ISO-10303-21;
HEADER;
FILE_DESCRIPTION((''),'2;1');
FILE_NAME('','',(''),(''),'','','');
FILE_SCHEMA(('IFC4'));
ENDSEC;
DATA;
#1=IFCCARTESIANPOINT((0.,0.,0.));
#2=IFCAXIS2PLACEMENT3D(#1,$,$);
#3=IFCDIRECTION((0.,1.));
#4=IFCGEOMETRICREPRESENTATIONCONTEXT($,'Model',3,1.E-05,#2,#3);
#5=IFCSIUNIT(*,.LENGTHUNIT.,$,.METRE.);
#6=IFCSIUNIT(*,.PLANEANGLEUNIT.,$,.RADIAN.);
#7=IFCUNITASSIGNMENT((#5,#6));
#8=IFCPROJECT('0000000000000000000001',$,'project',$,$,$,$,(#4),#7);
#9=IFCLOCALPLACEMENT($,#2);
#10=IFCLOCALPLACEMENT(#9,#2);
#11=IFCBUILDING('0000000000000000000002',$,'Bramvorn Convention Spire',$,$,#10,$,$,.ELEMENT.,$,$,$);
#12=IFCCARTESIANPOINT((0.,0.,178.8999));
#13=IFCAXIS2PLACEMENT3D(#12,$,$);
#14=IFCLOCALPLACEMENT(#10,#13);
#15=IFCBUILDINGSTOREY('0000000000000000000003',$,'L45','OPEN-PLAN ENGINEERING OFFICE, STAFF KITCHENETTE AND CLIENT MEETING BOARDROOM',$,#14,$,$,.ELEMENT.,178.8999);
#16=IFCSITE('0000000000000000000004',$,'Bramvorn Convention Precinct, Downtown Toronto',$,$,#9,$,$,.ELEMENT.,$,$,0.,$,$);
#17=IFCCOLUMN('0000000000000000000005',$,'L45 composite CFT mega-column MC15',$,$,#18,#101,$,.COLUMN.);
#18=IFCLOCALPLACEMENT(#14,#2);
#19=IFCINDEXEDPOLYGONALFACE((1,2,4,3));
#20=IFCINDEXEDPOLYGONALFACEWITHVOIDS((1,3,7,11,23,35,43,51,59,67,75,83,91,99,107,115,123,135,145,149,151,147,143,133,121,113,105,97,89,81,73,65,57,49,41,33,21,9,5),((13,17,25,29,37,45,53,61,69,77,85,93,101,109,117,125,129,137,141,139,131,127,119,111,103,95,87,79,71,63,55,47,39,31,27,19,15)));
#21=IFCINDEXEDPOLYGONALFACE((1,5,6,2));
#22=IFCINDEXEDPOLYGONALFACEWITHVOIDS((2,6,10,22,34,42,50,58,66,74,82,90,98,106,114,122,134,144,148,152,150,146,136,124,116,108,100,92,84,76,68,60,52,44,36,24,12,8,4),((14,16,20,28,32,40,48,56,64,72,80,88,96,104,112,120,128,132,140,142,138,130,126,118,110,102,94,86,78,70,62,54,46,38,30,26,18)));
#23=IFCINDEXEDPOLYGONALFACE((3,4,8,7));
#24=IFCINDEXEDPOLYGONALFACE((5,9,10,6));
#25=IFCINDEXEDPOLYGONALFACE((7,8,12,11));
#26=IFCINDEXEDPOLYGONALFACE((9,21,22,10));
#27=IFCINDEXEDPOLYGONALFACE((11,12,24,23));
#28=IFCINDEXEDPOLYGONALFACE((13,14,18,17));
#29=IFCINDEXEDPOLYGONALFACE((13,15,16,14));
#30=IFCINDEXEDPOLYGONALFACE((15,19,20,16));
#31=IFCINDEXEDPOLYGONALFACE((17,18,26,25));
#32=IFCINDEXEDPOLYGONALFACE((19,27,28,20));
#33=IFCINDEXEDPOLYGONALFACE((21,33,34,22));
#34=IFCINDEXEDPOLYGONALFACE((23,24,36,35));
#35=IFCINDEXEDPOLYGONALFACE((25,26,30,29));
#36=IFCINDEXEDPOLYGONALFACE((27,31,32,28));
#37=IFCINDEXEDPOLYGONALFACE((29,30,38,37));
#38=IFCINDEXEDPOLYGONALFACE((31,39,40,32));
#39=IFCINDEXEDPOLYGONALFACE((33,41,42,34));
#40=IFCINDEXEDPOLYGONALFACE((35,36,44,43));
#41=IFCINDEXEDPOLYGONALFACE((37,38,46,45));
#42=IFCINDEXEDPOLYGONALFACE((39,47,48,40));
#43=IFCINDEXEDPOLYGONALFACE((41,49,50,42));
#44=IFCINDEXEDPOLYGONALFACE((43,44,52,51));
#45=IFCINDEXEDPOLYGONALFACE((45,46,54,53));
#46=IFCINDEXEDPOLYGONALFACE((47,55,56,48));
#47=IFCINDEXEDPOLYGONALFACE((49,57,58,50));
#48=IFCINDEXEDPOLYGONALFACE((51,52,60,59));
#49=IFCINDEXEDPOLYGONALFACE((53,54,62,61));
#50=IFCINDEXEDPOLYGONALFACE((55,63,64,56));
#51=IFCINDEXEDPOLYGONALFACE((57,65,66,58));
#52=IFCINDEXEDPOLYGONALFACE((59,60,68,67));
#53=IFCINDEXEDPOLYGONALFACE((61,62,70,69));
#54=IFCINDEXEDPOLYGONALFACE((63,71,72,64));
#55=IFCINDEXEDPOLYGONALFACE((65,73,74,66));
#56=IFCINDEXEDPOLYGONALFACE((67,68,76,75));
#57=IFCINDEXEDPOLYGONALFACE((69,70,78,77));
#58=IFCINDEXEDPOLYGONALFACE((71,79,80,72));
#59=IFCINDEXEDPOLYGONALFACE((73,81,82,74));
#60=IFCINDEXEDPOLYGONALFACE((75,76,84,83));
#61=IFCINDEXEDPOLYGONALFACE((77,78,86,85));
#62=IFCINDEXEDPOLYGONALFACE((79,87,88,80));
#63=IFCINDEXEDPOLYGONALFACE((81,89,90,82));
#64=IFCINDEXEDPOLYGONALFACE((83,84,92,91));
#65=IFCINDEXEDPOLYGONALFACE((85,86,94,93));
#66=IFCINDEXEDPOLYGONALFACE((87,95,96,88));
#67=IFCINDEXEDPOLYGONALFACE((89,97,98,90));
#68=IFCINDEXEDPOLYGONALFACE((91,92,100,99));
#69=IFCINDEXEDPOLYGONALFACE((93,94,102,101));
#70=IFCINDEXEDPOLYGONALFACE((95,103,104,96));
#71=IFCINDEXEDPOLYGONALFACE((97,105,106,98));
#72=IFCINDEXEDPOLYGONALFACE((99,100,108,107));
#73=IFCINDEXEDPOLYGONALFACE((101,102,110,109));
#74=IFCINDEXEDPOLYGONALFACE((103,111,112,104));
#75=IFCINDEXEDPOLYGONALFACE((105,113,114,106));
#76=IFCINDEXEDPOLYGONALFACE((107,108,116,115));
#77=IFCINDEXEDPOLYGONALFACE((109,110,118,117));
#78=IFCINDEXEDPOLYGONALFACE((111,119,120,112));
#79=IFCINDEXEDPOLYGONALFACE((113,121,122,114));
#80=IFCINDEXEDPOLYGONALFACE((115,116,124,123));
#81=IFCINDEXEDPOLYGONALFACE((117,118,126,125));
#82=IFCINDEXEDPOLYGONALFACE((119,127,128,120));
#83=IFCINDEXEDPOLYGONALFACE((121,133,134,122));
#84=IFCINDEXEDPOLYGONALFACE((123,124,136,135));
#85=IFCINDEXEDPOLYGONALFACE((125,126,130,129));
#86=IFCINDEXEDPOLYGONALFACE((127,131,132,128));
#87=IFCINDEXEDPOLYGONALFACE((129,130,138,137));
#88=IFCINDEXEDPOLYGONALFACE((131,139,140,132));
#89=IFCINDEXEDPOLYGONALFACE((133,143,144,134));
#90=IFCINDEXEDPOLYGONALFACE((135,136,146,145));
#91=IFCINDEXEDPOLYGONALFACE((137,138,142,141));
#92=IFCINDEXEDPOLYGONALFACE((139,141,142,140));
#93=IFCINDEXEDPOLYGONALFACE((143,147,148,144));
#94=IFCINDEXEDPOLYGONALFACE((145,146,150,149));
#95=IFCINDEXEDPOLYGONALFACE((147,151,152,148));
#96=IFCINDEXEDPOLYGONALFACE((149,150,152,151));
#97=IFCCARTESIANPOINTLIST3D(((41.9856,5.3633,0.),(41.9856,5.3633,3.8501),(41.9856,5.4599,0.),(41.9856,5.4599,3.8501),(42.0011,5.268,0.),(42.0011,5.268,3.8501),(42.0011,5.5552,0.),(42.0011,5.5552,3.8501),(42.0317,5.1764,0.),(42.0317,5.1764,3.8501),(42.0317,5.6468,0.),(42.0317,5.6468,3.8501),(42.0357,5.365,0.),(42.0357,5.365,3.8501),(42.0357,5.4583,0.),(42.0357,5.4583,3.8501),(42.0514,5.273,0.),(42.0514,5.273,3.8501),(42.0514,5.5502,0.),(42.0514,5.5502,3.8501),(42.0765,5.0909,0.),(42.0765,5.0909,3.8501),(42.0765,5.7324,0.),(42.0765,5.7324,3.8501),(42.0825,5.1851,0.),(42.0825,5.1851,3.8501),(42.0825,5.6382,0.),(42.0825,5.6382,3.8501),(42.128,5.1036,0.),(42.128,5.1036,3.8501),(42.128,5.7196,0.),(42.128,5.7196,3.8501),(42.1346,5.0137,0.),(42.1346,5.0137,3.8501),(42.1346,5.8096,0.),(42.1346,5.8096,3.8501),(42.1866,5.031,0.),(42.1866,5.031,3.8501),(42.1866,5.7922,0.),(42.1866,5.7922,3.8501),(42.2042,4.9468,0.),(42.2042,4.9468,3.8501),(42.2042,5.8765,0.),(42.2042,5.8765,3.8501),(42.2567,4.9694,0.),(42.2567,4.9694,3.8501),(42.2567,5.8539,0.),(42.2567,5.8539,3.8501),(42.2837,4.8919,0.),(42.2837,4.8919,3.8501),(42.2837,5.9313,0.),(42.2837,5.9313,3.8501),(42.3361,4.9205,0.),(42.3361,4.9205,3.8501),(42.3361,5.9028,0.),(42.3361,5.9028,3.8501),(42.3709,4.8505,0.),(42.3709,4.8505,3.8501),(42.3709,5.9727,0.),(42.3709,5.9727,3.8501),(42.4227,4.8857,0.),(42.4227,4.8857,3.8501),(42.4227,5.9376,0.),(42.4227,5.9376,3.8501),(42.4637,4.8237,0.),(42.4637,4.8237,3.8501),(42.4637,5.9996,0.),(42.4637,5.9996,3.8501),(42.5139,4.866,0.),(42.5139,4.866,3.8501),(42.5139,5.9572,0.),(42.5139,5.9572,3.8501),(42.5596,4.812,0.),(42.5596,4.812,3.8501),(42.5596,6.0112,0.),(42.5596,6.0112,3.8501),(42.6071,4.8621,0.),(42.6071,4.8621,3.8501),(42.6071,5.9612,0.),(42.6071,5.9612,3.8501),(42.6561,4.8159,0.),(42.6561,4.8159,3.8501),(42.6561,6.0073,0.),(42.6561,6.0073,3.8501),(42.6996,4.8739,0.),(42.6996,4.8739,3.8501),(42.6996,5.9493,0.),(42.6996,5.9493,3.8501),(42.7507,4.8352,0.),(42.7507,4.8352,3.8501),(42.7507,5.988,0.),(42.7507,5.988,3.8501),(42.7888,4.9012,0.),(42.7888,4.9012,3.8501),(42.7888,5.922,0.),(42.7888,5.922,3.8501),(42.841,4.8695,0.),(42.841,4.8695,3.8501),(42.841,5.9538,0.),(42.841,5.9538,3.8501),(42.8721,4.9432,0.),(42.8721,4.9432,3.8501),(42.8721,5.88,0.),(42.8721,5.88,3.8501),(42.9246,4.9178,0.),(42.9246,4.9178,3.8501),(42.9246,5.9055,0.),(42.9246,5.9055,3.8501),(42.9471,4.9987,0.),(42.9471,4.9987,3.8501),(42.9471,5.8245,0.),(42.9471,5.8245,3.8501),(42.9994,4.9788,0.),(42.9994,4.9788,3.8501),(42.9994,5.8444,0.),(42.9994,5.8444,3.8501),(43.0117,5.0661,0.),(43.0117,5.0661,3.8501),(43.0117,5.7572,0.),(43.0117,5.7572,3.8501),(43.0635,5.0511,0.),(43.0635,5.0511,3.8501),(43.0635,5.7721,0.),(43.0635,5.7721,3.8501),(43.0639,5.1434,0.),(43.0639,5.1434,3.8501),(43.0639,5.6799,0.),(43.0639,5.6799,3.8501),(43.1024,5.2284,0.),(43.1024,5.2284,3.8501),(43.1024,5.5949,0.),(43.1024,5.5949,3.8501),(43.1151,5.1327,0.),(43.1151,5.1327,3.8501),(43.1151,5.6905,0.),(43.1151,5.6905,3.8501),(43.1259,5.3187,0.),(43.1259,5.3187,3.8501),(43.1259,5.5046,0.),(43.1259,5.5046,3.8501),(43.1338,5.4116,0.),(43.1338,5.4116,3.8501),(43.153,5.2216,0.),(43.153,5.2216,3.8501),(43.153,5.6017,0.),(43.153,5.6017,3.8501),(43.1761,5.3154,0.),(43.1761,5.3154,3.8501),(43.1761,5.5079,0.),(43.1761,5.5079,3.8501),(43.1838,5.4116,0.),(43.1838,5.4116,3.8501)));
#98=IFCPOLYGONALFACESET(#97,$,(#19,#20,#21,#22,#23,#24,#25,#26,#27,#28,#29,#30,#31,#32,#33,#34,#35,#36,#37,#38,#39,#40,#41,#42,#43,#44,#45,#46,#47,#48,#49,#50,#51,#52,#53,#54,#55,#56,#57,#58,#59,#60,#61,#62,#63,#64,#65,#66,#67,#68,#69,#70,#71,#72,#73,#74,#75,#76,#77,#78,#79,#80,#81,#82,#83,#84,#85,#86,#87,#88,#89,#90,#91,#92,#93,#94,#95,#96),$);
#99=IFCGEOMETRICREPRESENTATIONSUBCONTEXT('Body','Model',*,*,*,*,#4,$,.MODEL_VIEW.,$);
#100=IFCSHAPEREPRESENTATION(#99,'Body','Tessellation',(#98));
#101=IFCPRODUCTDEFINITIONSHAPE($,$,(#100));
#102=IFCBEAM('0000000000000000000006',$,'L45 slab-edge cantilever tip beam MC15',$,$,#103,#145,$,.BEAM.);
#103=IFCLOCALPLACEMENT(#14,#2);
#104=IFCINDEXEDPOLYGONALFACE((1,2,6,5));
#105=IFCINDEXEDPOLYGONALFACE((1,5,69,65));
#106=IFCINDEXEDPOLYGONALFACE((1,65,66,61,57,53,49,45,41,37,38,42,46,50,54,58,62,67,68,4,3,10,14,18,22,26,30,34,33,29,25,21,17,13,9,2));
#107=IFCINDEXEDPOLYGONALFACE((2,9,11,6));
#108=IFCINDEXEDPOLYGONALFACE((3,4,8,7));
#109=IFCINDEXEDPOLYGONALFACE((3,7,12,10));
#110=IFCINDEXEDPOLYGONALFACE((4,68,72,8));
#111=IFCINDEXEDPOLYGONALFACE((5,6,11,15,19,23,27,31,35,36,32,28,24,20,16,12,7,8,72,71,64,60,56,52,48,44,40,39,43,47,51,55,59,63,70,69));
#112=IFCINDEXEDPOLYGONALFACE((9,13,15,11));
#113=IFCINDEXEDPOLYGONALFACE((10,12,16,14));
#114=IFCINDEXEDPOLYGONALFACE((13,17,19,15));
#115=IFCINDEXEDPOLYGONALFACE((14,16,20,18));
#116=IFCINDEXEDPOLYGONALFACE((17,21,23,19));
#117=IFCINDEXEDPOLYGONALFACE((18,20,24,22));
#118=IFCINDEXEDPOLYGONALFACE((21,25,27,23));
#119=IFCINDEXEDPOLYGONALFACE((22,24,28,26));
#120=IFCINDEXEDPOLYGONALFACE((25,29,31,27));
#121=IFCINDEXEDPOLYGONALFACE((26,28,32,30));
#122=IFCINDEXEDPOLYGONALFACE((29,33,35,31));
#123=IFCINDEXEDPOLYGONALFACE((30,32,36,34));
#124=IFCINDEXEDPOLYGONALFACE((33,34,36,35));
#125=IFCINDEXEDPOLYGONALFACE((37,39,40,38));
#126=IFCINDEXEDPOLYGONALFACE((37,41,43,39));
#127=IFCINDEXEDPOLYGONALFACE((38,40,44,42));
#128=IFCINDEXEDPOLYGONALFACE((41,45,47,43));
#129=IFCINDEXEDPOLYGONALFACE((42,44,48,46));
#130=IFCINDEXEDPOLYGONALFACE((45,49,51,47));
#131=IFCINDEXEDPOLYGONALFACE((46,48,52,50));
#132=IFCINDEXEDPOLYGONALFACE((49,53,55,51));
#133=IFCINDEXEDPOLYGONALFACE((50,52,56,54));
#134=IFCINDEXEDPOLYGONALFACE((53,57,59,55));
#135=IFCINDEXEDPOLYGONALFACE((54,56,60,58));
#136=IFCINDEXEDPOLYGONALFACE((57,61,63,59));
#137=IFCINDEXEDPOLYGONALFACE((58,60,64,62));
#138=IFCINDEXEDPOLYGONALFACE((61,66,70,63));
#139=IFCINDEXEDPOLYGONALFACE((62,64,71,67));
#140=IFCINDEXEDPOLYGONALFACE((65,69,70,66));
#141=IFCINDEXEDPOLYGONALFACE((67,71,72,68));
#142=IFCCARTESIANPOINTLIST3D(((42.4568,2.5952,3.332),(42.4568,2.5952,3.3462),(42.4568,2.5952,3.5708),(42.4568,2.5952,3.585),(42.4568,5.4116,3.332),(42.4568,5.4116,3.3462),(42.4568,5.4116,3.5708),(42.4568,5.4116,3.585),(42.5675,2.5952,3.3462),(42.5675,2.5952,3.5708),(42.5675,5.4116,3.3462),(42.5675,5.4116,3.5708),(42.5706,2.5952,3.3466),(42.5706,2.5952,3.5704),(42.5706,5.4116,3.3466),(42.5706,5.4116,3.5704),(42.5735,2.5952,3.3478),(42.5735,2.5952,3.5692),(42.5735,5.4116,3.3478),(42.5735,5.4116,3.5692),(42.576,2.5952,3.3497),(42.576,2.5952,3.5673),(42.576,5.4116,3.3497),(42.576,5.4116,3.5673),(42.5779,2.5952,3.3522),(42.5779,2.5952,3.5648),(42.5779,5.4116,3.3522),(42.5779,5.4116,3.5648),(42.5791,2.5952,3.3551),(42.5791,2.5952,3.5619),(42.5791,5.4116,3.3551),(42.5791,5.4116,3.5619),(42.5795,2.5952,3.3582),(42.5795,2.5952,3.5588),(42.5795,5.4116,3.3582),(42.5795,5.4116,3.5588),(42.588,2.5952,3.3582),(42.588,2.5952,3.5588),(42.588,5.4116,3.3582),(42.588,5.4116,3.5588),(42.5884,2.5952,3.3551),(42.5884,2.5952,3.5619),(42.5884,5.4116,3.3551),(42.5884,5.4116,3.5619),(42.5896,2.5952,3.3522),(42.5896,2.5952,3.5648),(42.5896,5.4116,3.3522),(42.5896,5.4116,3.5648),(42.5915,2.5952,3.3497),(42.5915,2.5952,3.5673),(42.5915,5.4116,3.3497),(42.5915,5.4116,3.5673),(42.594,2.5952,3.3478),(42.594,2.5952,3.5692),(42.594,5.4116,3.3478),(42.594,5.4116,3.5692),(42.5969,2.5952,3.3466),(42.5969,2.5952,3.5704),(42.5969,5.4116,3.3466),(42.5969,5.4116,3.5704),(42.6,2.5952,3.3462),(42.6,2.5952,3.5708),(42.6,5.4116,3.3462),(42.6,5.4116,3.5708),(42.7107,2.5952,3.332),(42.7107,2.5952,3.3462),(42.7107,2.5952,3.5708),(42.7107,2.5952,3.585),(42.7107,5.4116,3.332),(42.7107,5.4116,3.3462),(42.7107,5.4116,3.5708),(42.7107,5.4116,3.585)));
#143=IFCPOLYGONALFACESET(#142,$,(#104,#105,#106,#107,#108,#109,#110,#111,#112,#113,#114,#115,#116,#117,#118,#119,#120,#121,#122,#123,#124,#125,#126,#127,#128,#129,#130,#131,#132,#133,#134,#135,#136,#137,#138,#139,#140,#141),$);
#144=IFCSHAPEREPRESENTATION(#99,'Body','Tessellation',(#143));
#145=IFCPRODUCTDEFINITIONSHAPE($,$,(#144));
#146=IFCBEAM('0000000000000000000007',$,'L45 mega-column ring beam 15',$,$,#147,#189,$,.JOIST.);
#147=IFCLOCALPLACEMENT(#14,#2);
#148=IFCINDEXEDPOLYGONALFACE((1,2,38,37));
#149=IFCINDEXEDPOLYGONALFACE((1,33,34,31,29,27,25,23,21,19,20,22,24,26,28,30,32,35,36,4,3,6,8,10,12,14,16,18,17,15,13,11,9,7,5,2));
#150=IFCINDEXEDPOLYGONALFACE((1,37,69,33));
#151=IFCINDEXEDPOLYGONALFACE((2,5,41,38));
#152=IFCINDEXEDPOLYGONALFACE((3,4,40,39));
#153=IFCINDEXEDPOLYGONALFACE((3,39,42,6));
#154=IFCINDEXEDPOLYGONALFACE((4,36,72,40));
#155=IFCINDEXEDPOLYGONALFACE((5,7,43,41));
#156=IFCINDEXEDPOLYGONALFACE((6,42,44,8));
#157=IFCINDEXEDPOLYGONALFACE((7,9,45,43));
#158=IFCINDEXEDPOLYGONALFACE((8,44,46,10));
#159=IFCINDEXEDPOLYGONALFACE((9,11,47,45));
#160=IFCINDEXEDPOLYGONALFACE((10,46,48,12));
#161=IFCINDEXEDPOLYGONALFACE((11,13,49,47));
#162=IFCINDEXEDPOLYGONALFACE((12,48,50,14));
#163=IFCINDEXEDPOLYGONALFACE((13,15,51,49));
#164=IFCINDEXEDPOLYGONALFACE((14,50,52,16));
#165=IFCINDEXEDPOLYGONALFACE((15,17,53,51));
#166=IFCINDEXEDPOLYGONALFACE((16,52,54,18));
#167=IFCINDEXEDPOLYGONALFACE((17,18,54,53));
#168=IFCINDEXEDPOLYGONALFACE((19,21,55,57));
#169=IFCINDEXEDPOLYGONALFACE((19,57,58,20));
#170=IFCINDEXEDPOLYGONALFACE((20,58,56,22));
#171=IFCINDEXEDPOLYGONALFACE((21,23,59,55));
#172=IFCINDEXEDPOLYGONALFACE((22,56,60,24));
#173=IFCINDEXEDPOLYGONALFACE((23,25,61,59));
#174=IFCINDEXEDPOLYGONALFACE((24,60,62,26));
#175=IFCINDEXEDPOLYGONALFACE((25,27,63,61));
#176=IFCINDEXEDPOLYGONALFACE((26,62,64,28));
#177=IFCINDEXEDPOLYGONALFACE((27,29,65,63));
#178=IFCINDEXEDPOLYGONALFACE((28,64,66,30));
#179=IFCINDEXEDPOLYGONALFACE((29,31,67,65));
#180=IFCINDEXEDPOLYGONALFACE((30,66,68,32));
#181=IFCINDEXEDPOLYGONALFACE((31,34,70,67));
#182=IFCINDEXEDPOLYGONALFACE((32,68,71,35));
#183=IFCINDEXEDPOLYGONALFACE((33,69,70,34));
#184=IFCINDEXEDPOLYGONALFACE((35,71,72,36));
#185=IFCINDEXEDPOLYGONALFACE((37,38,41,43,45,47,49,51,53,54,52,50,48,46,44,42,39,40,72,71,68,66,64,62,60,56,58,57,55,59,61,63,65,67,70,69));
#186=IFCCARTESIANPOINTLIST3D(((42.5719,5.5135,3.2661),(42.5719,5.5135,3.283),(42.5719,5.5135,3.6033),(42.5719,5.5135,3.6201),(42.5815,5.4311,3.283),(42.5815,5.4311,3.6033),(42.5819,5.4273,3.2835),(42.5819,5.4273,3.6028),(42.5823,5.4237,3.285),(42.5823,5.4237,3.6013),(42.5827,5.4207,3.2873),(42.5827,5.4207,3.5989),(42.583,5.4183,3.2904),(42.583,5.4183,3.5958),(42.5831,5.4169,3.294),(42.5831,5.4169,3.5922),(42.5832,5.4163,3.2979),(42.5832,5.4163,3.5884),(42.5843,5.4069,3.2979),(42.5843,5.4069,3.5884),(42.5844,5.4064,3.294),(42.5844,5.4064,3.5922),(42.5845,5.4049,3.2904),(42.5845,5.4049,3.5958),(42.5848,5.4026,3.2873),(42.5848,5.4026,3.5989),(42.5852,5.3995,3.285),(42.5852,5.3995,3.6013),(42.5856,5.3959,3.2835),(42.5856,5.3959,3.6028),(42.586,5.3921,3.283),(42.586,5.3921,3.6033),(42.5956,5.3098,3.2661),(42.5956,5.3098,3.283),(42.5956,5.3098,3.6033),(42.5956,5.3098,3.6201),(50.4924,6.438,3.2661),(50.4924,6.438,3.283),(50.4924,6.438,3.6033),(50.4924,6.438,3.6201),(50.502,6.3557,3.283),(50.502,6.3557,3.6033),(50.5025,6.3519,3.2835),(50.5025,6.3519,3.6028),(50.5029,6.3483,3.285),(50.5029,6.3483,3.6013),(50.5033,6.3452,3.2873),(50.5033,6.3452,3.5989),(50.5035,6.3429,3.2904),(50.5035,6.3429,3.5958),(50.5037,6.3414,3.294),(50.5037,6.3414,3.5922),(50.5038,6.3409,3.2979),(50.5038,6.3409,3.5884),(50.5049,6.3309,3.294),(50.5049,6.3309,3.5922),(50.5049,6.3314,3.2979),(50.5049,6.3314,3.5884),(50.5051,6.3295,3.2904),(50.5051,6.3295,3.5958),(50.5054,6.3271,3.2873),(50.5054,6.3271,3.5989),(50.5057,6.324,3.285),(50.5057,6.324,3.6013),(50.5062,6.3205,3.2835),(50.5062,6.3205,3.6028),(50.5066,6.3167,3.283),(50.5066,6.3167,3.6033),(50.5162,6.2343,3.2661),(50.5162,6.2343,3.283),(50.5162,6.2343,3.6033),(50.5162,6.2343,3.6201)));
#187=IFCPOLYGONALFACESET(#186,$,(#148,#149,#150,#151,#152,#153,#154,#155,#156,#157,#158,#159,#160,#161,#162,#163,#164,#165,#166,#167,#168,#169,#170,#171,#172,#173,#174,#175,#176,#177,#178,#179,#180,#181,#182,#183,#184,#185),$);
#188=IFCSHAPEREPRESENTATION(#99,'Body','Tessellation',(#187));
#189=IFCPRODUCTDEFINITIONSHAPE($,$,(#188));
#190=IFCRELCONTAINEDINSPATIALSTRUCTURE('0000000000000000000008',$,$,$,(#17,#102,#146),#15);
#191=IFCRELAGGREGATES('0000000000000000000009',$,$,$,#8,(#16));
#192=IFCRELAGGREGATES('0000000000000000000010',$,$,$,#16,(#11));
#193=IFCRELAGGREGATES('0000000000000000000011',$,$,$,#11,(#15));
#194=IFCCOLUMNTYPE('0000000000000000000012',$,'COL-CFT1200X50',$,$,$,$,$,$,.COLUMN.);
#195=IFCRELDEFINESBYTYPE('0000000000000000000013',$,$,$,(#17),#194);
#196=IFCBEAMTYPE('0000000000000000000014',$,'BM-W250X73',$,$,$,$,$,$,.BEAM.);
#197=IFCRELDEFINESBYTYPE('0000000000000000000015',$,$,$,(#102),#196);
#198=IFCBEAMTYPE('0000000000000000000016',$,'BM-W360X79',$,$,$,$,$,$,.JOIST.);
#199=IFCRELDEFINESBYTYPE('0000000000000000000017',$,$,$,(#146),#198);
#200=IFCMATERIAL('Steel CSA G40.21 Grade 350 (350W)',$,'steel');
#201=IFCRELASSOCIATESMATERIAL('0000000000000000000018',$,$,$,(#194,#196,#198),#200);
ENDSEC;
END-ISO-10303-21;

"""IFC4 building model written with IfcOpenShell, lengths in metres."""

from ifc_helpers import new_model, si_unit, direction, frame, origin, origin_2d, place, context, subcontext, project, spatial, hollow_circle, i_section, extrude, material, material_profile, profile_set, type_object, element, save


model = new_model("IFC4")

# Units and contexts
model_context = context("Model", 3, precision=1e-05, world=origin(), true_north=direction((0.0, 1.0)))
body_context = subcontext(model_context, "Body", "Model", "MODEL_VIEW")
ifc_project = project(units=[si_unit("LENGTHUNIT", "METRE"), si_unit("PLANEANGLEUNIT", "RADIAN")], contexts=[model_context])

# Site, building, storey
site_placement = place(None, origin())
site = spatial("IfcSite", under=ifc_project, at=site_placement, Name="Bramvorn Convention Precinct, Downtown Toronto", CompositionType="ELEMENT", RefElevation=0.0)
building_placement = place(site_placement, origin())
building = spatial("IfcBuilding", under=site, at=building_placement, Name="Bramvorn Convention Spire", CompositionType="ELEMENT")
storey_placement = place(building_placement, frame((0.0, 0.0, 178.8999)))
storey = spatial("IfcBuildingStorey", under=building, at=storey_placement, Name="L45", Description="OPEN-PLAN ENGINEERING OFFICE, STAFF KITCHENETTE AND CLIENT MEETING BOARDROOM", CompositionType="ELEMENT", Elevation=178.8999)

# Column
ifc_material_1 = material(Name="Steel CSA G40.21 Grade 350 (350W)", Category="steel")
ifc_material_profile_1 = material_profile(ifc_material_1, hollow_circle(Radius=0.6001, WallThickness=0.05, at=origin_2d()))
ifc_profile_set_1 = profile_set([ifc_material_profile_1], Name="Steel CSA G40.21 Grade 350 (350W) - CFT1200X50")
column_type = type_object("IfcColumnType", Name="COL-CFT1200X50", PredefinedType="COLUMN", material=ifc_profile_set_1)
column_placement = place(storey_placement, frame((42.5837, 5.4116, 0.0), z_axis=(0.0, 0.0, 1.0), x_axis=(1.0, 0.0, 0.0)))
element("IfcColumn", 1, at=column_placement, inside=storey, type_object=column_type, Name="L45 composite CFT mega-column MC15", PredefinedType="COLUMN", context=body_context, shape_type="SweptSolid", body=[
    extrude(hollow_circle(Radius=0.6001, WallThickness=0.05, at=origin_2d()), origin(), (0.0, 0.0, 1.0), 3.8501),
])

# Beams
ifc_material_profile_2 = material_profile(ifc_material_1, i_section(OverallWidth=0.2539, OverallDepth=0.2529, WebThickness=0.0085, FlangeThickness=0.0142, FilletRadius=0.012, at=origin_2d()))
ifc_profile_set_2 = profile_set([ifc_material_profile_2], Name="Steel CSA G40.21 Grade 350 (350W) - W250X73")
beam_type_1 = type_object("IfcBeamType", Name="BM-W250X73", PredefinedType="BEAM", material=ifc_profile_set_2)
beam_1_placement = place(storey_placement, frame((42.5837, 5.4116, 3.4585), z_axis=(0.0, -1.0, 0.0), x_axis=(1.0, 0.0, 0.0)))
element("IfcBeam", 2, at=beam_1_placement, inside=storey, type_object=beam_type_1, Name="L45 slab-edge cantilever tip beam MC15", PredefinedType="BEAM", context=body_context, shape_type="SweptSolid", body=[
    extrude(i_section(OverallWidth=0.2539, OverallDepth=0.2529, WebThickness=0.0085, FlangeThickness=0.0142, FilletRadius=0.012, at=origin_2d()), origin(), (0.0, 0.0, 1.0), 2.8164),
])
ifc_material_profile_3 = material_profile(ifc_material_1, i_section(OverallWidth=0.2051, OverallDepth=0.354, WebThickness=0.0095, FlangeThickness=0.0168, FilletRadius=0.0149, at=origin_2d()))
ifc_profile_set_3 = profile_set([ifc_material_profile_3], Name="Steel CSA G40.21 Grade 350 (350W) - W360X79")
beam_type_2 = type_object("IfcBeamType", Name="BM-W360X79", PredefinedType="JOIST", material=ifc_profile_set_3)
beam_2_placement = place(storey_placement, frame((42.5837, 5.4116, 3.4431), z_axis=(0.993256, 0.115941, 0.0), x_axis=(-0.115941, 0.993256, 0.0)))
element("IfcBeam", 3, at=beam_2_placement, inside=storey, type_object=beam_type_2, Name="L45 mega-column ring beam 15", PredefinedType="JOIST", context=body_context, shape_type="SweptSolid", body=[
    extrude(i_section(OverallWidth=0.2051, OverallDepth=0.354, WebThickness=0.0095, FlangeThickness=0.0168, FilletRadius=0.0149, at=origin_2d()), origin(), (0.0, 0.0, 1.0), 7.9744),
])

save(model, "model.ifc")
